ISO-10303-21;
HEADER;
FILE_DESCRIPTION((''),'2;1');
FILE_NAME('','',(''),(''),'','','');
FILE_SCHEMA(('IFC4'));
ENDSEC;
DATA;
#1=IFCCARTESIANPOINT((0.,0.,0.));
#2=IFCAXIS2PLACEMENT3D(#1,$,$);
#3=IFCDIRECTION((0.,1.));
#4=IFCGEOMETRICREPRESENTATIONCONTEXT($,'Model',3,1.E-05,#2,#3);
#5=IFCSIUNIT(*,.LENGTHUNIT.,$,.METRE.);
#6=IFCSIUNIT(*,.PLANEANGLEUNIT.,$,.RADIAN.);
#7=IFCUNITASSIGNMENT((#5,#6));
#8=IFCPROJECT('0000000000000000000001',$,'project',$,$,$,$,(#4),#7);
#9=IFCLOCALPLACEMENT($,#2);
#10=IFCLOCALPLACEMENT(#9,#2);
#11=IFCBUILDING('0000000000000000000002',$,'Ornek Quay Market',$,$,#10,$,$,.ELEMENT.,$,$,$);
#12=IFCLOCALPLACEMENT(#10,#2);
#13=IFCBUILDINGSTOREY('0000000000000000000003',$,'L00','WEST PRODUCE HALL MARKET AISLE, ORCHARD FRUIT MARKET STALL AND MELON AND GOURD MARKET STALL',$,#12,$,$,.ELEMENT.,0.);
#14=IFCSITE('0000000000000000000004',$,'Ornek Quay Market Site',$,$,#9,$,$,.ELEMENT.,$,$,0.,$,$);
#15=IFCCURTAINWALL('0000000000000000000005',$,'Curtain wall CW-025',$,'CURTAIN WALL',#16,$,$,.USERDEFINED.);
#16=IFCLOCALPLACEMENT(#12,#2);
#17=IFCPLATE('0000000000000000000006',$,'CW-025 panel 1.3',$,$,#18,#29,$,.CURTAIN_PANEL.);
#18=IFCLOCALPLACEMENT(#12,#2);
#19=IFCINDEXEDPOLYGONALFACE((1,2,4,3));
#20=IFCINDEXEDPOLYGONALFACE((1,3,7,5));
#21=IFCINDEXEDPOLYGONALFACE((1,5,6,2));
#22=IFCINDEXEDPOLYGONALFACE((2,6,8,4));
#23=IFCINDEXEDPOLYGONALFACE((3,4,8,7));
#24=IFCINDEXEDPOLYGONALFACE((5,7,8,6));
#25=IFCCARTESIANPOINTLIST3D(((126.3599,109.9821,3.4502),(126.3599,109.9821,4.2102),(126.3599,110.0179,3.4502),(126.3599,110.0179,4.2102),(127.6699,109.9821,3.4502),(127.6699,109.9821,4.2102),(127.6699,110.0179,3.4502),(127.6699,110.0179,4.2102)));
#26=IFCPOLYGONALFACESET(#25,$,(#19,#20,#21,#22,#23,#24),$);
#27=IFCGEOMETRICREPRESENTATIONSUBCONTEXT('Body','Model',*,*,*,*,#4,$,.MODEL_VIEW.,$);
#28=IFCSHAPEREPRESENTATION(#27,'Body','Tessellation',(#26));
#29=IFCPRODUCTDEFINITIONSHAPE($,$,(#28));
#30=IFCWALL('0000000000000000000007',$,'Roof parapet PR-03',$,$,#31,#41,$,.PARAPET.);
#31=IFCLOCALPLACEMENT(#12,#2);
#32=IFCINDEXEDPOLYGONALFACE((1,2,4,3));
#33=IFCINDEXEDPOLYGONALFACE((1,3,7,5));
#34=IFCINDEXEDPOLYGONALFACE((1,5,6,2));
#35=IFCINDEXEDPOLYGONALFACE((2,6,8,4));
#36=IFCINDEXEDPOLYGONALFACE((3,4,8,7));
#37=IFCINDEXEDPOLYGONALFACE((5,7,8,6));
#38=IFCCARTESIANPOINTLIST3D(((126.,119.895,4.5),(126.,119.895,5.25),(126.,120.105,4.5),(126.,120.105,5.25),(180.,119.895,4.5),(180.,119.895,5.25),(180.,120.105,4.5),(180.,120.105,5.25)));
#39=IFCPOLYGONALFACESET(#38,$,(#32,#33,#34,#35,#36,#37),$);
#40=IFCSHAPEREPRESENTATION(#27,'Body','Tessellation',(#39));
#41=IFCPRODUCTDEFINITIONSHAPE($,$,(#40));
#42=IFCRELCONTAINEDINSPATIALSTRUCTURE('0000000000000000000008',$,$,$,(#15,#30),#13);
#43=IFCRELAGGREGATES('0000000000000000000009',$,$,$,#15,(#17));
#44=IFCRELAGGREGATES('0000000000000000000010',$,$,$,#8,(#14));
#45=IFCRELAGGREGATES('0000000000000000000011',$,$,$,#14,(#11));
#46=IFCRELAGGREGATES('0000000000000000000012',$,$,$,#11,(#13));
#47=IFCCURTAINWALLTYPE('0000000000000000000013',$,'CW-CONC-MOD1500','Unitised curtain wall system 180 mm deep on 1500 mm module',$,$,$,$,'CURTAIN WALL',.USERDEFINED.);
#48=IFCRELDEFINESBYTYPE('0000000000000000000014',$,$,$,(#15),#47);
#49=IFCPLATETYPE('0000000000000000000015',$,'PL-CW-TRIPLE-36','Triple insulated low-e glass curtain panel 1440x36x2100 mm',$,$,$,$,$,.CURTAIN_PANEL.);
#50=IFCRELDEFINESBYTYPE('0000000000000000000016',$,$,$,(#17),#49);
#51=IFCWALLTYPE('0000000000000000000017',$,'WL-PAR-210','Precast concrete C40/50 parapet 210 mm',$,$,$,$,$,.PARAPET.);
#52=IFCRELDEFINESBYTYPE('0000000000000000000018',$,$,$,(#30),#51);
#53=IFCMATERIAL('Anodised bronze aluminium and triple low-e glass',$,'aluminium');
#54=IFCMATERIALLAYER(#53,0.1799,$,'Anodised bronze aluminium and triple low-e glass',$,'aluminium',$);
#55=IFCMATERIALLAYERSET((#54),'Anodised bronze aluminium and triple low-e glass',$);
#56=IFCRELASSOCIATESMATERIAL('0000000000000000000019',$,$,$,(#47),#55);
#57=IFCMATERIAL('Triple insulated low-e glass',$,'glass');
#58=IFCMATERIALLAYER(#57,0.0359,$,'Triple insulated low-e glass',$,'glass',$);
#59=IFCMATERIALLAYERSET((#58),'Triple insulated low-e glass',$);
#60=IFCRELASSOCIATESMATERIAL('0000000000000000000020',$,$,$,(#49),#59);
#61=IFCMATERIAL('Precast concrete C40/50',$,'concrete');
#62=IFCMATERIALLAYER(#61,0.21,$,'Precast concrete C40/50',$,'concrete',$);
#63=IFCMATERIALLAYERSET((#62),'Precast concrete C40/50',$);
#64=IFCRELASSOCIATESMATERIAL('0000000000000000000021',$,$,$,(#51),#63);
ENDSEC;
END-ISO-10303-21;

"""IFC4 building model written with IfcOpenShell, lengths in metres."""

from ifc_helpers import new_model, si_unit, direction, frame, frame_2d, origin, origin_2d, place, context, subcontext, project, spatial, rectangle, extrude, material, layer, layer_set, type_object, element, aggregate, save


model = new_model("IFC4")

# Units and contexts
model_context = context("Model", 3, precision=1e-05, world=origin(), true_north=direction((0.0, 1.0)))
body_context = subcontext(model_context, "Body", "Model", "MODEL_VIEW")
ifc_project = project(units=[si_unit("LENGTHUNIT", "METRE"), si_unit("PLANEANGLEUNIT", "RADIAN")], contexts=[model_context])

# Site, building, storey
site_placement = place(None, origin())
site = spatial("IfcSite", under=ifc_project, at=site_placement, Name="Ornek Quay Market Site", CompositionType="ELEMENT", RefElevation=0.0)
building_placement = place(site_placement, origin())
building = spatial("IfcBuilding", under=site, at=building_placement, Name="Ornek Quay Market", CompositionType="ELEMENT")
storey_placement = place(building_placement, origin())
storey = spatial("IfcBuildingStorey", under=building, at=storey_placement, Name="L00", Description="WEST PRODUCE HALL MARKET AISLE, ORCHARD FRUIT MARKET STALL AND MELON AND GOURD MARKET STALL", CompositionType="ELEMENT", Elevation=0.0)

# Curtain wall, plate
ifc_material_1 = material(Name="Anodised bronze aluminium and triple low-e glass", Category="aluminium")
ifc_layer_1 = layer(ifc_material_1, 0.1799, Name="Anodised bronze aluminium and triple low-e glass", Category="aluminium")
ifc_layer_set_1 = layer_set([ifc_layer_1], Name="Anodised bronze aluminium and triple low-e glass")
curtain_wall_type = type_object("IfcCurtainWallType", Name="CW-CONC-MOD1500", Description="Unitised curtain wall system 180 mm deep on 1500 mm module", ElementType="CURTAIN WALL", PredefinedType="USERDEFINED", material=ifc_layer_set_1)
curtain_wall_placement = place(storey_placement, origin())
curtain_wall = element("IfcCurtainWall", 1, at=curtain_wall_placement, inside=storey, type_object=curtain_wall_type, Name="Curtain wall CW-025", ObjectType="CURTAIN WALL", PredefinedType="USERDEFINED")
ifc_material_2 = material(Name="Triple insulated low-e glass", Category="glass")
ifc_layer_2 = layer(ifc_material_2, 0.0359, Name="Triple insulated low-e glass", Category="glass")
ifc_layer_set_2 = layer_set([ifc_layer_2], Name="Triple insulated low-e glass")
plate_type = type_object("IfcPlateType", Name="PL-CW-TRIPLE-36", Description="Triple insulated low-e glass curtain panel 1440x36x2100 mm", PredefinedType="CURTAIN_PANEL", material=ifc_layer_set_2)
plate_1_placement = place(storey_placement, frame((127.0149, 110.0, 3.4502), z_axis=(0.0, 0.0, 1.0), x_axis=(1.0, 0.0, 0.0)))
plate_1 = element("IfcPlate", 2, at=plate_1_placement, type_object=plate_type, Name="CW-025 panel 1.3", PredefinedType="CURTAIN_PANEL", context=body_context, shape_type="SweptSolid", body=[
    extrude(rectangle(XDim=1.3101, YDim=0.0359, at=origin_2d()), origin(), (0.0, 0.0, 1.0), 0.76),
])
aggregate(curtain_wall, [plate_1])

# Wall
ifc_material_3 = material(Name="Precast concrete C40/50", Category="concrete")
ifc_layer_3 = layer(ifc_material_3, 0.21, Name="Precast concrete C40/50", Category="concrete")
ifc_layer_set_3 = layer_set([ifc_layer_3], Name="Precast concrete C40/50")
wall_type = type_object("IfcWallType", Name="WL-PAR-210", Description="Precast concrete C40/50 parapet 210 mm", PredefinedType="PARAPET", material=ifc_layer_set_3)
wall_placement = place(storey_placement, frame((126.0, 120.0, 4.5), z_axis=(0.0, 0.0, 1.0), x_axis=(1.0, 0.0, 0.0)))
element("IfcWall", 3, at=wall_placement, inside=storey, type_object=wall_type, Name="Roof parapet PR-03", PredefinedType="PARAPET", context=body_context, shape_type="SweptSolid", body=[
    extrude(rectangle(XDim=54.0, YDim=0.21, at=frame_2d((27.0, 0.0))), origin(), (0.0, 0.0, 1.0), 0.75),
])

save(model, "model.ifc")
